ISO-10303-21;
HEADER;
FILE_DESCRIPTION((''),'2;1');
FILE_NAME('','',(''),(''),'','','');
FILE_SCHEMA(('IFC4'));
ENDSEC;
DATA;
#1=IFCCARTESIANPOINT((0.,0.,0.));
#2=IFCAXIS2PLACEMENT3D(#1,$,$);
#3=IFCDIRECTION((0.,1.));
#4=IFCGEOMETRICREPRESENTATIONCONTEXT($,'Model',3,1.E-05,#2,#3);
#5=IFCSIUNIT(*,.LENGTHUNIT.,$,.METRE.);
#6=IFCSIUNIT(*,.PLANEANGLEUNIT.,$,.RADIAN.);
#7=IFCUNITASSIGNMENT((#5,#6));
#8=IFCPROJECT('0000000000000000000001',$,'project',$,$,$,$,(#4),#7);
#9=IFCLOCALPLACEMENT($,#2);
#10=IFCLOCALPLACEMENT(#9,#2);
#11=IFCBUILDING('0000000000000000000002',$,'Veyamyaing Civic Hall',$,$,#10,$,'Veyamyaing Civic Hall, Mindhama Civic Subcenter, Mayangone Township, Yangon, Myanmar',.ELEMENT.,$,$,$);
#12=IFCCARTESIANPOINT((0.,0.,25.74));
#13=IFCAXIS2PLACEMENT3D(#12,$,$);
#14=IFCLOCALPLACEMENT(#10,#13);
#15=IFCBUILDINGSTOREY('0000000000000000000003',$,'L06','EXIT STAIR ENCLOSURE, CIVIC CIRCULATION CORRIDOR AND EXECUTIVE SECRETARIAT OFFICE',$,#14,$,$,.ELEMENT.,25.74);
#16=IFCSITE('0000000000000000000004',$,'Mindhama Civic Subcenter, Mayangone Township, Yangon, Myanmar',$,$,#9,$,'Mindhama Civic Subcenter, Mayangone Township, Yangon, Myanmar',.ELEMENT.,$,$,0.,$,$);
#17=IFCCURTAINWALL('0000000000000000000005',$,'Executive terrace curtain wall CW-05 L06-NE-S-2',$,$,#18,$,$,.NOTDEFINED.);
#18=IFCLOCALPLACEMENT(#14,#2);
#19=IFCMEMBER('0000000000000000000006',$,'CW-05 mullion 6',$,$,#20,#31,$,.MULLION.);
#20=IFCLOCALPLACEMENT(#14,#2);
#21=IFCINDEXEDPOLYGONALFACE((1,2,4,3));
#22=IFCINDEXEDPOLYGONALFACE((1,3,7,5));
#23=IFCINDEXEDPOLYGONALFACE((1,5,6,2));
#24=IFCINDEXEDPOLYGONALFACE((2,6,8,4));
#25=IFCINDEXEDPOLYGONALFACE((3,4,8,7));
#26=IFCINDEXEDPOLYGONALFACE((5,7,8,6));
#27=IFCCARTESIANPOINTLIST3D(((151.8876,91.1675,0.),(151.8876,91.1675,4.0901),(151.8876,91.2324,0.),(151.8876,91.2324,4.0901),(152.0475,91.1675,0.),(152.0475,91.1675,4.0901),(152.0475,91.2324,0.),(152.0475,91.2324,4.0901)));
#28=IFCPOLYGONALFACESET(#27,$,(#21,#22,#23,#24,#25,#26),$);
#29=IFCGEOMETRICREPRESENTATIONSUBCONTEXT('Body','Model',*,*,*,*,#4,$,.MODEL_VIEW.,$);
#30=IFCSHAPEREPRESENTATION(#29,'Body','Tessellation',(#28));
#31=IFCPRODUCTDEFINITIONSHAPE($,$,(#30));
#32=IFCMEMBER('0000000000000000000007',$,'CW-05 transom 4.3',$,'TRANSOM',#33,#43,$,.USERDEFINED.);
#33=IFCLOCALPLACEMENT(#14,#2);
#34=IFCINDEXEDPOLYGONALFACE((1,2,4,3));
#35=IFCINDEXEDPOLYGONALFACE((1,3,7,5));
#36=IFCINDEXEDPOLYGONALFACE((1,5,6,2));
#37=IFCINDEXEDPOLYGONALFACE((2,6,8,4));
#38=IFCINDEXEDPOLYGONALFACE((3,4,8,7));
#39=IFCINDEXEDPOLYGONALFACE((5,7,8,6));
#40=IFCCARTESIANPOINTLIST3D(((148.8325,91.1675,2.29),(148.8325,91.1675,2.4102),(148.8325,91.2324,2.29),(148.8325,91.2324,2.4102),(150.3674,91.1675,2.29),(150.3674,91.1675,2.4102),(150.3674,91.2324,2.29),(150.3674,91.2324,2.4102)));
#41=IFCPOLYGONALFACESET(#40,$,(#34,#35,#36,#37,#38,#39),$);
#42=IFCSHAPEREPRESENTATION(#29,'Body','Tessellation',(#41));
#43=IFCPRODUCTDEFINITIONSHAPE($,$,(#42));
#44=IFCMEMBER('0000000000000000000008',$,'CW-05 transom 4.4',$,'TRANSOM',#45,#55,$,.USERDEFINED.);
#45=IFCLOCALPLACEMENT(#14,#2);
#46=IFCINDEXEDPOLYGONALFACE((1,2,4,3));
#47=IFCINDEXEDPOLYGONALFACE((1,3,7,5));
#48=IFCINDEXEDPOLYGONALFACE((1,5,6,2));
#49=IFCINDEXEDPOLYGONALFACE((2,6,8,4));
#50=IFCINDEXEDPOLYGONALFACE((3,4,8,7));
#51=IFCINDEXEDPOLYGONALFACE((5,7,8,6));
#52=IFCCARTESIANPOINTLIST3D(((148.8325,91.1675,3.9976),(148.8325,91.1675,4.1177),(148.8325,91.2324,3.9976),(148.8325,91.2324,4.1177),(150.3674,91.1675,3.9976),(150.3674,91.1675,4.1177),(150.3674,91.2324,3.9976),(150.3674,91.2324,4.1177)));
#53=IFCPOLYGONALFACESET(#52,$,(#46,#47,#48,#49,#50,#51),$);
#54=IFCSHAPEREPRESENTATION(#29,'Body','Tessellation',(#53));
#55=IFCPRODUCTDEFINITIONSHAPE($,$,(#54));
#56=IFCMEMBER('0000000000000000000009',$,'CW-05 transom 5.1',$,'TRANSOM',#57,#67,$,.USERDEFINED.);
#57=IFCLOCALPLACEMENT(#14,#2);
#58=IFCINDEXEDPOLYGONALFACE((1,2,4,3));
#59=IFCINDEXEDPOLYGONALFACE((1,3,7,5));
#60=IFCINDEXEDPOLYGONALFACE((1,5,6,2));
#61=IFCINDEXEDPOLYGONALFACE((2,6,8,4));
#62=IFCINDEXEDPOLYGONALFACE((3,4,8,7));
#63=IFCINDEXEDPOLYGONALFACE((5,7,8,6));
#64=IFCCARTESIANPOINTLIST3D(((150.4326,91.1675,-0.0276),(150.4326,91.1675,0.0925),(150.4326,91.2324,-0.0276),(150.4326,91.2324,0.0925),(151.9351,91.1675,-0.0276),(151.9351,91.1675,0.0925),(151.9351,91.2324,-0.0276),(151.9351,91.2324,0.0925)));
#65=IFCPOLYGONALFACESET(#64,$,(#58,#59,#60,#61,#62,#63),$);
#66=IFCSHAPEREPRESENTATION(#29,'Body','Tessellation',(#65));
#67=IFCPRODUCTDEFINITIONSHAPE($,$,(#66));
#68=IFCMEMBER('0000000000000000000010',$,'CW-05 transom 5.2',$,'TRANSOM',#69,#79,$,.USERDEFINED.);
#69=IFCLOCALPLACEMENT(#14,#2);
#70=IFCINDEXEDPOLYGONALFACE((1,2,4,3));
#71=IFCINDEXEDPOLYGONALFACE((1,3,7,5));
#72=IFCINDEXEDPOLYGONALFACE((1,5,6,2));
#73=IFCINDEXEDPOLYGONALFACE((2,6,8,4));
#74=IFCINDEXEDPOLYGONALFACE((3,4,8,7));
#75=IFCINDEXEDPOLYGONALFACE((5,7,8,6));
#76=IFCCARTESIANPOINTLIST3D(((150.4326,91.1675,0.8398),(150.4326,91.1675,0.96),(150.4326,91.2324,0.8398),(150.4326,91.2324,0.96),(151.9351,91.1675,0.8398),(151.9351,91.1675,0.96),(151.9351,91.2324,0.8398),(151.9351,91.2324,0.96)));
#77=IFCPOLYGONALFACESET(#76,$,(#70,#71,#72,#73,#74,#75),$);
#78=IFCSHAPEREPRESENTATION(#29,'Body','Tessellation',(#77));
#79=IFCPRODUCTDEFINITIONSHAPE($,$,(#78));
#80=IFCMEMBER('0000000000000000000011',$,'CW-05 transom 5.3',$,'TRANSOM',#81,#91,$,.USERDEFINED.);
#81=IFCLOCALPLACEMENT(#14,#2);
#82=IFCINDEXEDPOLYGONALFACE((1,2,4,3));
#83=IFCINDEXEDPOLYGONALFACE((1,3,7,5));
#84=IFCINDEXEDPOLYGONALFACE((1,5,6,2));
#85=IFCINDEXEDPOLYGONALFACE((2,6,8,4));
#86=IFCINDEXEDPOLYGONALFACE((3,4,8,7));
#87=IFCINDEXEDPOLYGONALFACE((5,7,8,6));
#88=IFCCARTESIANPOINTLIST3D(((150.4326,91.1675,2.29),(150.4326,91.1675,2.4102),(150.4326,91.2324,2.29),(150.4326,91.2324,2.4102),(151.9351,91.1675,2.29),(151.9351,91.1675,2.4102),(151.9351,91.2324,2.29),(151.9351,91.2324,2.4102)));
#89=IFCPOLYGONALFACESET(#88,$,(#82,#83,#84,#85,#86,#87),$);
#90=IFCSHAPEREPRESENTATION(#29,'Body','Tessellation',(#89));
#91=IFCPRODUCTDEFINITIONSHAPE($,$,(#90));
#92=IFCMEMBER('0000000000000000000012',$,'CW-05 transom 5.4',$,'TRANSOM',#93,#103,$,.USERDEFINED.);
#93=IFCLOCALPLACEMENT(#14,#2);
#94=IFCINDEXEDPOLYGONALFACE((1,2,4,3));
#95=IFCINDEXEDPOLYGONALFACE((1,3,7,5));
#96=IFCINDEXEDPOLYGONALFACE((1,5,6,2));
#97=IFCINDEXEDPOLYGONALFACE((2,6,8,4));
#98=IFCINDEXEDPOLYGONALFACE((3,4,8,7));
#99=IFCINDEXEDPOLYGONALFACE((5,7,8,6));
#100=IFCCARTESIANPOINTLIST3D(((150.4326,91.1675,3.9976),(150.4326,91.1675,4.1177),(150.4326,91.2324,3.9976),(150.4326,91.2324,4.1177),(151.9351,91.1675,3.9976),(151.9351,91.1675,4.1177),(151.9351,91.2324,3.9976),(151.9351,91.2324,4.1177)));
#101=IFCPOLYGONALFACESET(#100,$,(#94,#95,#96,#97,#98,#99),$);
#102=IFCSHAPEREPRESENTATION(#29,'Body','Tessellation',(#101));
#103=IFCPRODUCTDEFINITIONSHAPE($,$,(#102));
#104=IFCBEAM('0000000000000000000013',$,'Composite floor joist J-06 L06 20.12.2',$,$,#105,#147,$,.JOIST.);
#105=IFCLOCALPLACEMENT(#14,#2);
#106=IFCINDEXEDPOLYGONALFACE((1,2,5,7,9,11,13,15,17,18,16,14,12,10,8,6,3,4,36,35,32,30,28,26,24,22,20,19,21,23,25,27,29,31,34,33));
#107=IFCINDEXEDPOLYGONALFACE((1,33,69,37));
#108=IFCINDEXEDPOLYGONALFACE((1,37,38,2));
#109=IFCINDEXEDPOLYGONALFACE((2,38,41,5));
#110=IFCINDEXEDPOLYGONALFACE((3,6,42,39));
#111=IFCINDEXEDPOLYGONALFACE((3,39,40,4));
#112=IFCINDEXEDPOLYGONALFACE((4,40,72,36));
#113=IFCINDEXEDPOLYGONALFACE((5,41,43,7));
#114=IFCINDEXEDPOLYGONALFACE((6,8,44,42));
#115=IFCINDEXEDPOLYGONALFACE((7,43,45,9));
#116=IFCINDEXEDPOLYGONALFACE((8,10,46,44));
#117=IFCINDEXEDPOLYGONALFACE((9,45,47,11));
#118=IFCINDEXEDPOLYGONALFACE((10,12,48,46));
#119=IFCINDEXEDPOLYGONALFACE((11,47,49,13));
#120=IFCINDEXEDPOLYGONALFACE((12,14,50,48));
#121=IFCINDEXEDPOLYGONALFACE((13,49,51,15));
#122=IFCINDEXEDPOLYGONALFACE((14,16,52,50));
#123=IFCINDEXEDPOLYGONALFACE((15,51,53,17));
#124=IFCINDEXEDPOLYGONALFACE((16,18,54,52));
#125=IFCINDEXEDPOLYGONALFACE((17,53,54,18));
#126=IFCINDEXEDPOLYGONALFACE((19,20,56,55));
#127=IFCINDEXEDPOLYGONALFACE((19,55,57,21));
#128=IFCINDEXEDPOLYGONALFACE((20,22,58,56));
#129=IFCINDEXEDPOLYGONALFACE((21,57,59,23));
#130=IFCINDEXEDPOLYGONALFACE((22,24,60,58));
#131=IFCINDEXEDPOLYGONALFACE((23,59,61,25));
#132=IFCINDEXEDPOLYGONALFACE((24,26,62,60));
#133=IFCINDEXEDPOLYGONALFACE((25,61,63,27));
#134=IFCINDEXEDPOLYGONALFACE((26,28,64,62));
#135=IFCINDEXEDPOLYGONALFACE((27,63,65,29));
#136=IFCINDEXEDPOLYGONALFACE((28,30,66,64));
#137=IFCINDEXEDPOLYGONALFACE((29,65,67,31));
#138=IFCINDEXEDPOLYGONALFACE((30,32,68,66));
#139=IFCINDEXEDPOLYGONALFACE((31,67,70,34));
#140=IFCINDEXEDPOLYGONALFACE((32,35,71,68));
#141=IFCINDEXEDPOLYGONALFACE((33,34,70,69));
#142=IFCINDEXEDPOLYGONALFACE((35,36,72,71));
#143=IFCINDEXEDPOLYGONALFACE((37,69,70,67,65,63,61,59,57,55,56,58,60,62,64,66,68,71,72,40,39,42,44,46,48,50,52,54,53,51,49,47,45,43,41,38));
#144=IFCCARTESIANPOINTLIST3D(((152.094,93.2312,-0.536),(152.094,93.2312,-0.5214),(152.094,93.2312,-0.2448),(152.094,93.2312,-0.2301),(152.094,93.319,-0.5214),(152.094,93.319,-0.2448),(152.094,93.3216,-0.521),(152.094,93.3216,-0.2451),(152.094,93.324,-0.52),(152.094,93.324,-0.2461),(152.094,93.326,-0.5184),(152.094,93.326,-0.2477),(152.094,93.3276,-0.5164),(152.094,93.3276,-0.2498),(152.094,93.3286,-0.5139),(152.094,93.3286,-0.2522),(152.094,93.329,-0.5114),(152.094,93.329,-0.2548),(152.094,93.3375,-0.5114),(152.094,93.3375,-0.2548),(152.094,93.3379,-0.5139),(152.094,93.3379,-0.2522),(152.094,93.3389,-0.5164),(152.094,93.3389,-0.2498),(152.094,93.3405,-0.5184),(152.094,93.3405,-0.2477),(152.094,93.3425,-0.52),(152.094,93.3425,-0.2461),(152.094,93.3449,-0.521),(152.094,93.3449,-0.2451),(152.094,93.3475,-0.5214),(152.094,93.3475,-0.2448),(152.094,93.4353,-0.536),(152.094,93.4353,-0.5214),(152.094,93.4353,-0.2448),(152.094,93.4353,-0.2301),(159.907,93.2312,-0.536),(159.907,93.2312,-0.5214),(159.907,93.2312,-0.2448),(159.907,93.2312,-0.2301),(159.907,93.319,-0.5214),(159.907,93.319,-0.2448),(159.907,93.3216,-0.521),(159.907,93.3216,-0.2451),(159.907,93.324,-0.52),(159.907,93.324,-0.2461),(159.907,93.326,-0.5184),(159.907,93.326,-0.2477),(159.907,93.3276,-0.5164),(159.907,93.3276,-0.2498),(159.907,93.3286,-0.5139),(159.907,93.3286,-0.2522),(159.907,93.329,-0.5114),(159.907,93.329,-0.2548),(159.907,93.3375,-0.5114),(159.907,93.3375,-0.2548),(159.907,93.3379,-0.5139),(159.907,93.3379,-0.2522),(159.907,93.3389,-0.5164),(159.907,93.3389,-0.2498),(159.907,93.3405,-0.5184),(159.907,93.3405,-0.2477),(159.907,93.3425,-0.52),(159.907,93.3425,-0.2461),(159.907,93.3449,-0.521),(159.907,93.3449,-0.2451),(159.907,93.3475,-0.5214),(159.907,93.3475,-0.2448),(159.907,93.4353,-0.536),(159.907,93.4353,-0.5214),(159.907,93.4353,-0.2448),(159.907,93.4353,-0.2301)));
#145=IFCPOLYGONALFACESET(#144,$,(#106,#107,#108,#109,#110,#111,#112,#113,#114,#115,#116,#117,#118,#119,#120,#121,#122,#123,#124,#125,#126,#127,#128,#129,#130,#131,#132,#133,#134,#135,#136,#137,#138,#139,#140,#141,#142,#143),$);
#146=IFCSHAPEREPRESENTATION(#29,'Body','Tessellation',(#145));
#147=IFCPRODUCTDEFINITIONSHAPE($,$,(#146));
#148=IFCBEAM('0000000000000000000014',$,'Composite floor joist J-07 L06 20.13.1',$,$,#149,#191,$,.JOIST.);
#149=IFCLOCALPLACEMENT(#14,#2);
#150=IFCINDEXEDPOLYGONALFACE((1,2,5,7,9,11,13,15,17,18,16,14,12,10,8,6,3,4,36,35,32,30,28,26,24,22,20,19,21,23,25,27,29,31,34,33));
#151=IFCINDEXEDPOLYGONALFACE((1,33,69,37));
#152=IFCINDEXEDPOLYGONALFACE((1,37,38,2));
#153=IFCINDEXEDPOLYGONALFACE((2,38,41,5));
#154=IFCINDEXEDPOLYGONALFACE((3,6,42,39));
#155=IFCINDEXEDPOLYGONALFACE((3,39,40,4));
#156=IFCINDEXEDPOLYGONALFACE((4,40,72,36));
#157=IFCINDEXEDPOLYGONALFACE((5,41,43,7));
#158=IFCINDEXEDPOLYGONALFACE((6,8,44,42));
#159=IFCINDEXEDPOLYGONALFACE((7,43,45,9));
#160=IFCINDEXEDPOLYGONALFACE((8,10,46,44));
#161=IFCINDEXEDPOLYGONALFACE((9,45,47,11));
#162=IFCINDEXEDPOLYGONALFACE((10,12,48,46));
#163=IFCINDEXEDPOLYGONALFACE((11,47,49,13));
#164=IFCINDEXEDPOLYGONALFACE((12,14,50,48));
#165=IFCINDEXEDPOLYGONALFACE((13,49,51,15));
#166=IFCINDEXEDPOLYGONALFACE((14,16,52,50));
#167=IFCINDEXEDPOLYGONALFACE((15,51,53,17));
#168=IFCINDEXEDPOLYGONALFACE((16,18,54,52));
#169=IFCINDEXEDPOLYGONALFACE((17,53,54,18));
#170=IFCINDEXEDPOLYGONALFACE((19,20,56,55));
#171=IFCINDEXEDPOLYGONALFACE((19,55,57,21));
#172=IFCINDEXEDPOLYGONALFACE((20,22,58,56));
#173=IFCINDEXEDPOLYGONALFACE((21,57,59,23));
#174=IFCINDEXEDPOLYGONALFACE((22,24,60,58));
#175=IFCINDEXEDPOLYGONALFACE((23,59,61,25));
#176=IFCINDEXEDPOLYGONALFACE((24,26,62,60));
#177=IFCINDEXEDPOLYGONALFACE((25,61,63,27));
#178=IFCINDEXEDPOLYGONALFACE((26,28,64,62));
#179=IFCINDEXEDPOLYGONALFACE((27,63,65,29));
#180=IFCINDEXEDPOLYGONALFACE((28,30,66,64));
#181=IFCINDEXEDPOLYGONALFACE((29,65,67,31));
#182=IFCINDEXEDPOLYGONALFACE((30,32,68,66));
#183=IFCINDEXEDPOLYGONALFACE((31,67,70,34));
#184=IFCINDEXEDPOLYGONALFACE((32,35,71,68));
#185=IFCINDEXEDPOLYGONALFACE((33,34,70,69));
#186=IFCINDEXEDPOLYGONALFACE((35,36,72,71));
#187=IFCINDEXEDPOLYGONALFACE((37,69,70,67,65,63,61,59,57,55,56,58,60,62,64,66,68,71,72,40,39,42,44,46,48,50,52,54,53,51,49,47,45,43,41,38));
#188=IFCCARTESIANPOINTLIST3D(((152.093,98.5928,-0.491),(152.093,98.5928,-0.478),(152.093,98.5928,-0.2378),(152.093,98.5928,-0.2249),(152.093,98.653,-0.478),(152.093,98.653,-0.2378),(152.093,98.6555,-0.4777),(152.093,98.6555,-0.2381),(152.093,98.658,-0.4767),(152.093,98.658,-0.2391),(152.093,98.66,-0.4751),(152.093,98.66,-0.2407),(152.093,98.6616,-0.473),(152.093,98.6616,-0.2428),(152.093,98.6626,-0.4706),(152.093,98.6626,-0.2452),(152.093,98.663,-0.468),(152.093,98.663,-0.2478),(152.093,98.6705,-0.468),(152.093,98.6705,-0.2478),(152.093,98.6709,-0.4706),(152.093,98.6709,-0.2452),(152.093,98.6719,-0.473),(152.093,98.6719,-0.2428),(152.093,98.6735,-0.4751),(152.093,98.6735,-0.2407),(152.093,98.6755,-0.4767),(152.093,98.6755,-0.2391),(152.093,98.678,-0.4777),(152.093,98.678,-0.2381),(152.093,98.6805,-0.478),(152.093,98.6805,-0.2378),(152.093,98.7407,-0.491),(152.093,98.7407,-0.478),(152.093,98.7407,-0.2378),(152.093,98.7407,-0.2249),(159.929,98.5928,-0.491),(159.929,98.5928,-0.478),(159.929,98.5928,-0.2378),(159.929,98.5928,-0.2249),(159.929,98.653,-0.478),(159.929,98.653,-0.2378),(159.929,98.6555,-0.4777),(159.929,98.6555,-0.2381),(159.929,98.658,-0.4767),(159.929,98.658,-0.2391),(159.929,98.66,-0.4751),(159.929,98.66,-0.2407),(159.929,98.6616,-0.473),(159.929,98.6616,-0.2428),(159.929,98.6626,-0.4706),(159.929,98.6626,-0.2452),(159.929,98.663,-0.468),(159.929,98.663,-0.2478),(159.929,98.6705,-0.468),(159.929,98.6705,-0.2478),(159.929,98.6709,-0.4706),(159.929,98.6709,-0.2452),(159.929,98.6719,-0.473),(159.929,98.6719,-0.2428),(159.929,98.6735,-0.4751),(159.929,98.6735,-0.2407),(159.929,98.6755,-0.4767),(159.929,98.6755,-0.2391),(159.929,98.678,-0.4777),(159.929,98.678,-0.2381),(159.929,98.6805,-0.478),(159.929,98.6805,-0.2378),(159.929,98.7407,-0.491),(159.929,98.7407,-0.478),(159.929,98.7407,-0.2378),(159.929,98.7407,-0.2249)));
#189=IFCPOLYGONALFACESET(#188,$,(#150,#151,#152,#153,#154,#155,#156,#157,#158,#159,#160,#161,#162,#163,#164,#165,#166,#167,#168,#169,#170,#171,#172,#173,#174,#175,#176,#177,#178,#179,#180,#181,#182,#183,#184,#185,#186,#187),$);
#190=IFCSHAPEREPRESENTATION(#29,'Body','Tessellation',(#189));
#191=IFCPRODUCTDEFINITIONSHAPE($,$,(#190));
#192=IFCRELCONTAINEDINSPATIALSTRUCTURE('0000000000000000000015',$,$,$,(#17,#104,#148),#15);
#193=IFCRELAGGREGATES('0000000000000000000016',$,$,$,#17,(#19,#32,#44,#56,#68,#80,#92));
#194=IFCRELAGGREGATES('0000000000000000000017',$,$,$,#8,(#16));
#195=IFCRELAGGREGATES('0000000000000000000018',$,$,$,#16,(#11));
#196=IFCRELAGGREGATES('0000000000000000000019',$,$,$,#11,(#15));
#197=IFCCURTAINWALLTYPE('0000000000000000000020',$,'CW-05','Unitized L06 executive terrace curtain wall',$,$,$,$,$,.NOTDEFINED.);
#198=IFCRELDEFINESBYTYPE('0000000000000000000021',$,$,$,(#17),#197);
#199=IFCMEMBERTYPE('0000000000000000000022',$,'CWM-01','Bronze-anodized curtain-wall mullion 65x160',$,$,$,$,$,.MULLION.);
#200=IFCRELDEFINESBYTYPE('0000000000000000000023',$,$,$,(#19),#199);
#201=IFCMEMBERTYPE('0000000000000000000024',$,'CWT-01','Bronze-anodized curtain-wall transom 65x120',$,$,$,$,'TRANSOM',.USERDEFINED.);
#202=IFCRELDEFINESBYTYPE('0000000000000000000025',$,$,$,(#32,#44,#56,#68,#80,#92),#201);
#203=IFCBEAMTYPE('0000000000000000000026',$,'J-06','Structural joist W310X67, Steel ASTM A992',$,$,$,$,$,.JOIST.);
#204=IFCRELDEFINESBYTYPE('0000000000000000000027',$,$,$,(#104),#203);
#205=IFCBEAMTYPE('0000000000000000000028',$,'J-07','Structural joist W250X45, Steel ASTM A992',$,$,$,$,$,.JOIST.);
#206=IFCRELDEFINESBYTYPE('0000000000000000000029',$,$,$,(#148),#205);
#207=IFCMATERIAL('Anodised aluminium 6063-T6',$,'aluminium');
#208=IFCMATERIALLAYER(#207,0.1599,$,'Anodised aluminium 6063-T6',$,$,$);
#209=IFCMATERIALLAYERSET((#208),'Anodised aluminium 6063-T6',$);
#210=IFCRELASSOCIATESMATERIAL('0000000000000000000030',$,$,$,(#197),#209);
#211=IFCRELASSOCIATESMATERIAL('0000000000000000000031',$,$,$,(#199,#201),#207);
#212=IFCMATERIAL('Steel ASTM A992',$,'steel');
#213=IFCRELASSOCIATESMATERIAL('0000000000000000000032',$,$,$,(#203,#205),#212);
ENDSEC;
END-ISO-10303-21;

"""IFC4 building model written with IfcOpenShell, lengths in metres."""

from ifc_helpers import new_model, si_unit, direction, frame, origin, origin_2d, place, context, subcontext, project, spatial, rectangle, i_section, extrude, material, layer, layer_set, material_profile, profile_set, type_object, element, aggregate, save


model = new_model("IFC4")

# Units and contexts
model_context = context("Model", 3, precision=1e-05, world=origin(), true_north=direction((0.0, 1.0)))
body_context = subcontext(model_context, "Body", "Model", "MODEL_VIEW")
ifc_project = project(units=[si_unit("LENGTHUNIT", "METRE"), si_unit("PLANEANGLEUNIT", "RADIAN")], contexts=[model_context])

# Site, building, storey
site_placement = place(None, origin())
site = spatial("IfcSite", under=ifc_project, at=site_placement, Name="Mindhama Civic Subcenter, Mayangone Township, Yangon, Myanmar", LongName="Mindhama Civic Subcenter, Mayangone Township, Yangon, Myanmar", CompositionType="ELEMENT", RefElevation=0.0)
building_placement = place(site_placement, origin())
building = spatial("IfcBuilding", under=site, at=building_placement, Name="Veyamyaing Civic Hall", LongName="Veyamyaing Civic Hall, Mindhama Civic Subcenter, Mayangone Township, Yangon, Myanmar", CompositionType="ELEMENT")
storey_placement = place(building_placement, frame((0.0, 0.0, 25.74)))
storey = spatial("IfcBuildingStorey", under=building, at=storey_placement, Name="L06", Description="EXIT STAIR ENCLOSURE, CIVIC CIRCULATION CORRIDOR AND EXECUTIVE SECRETARIAT OFFICE", CompositionType="ELEMENT", Elevation=25.74)

# Shared definitions
ifc_material_1 = material(Name="Steel ASTM A992", Category="steel")

# Curtain wall, members
ifc_material_2 = material(Name="Anodised aluminium 6063-T6", Category="aluminium")
ifc_layer_1 = layer(ifc_material_2, 0.1599, Name="Anodised aluminium 6063-T6")
ifc_layer_set_1 = layer_set([ifc_layer_1], Name="Anodised aluminium 6063-T6")
curtain_wall_type = type_object("IfcCurtainWallType", Name="CW-05", Description="Unitized L06 executive terrace curtain wall", PredefinedType="NOTDEFINED", material=ifc_layer_set_1)
curtain_wall_placement = place(storey_placement, origin())
curtain_wall = element("IfcCurtainWall", 1, at=curtain_wall_placement, inside=storey, type_object=curtain_wall_type, Name="Executive terrace curtain wall CW-05 L06-NE-S-2", PredefinedType="NOTDEFINED")
ifc_material_profile_1 = material_profile(ifc_material_2, rectangle(XDim=0.0649, YDim=0.1599, at=origin_2d()), Name="ALU-MUL-65X160")
ifc_profile_set_1 = profile_set([ifc_material_profile_1], Name="Anodised aluminium 6063-T6")
member_type_1 = type_object("IfcMemberType", Name="CWM-01", Description="Bronze-anodized curtain-wall mullion 65x160", PredefinedType="MULLION", material=ifc_profile_set_1)
member_1_placement = place(storey_placement, frame((151.9675, 91.2, 0.0), z_axis=(0.0, 0.0, 1.0), x_axis=(0.0, 1.0, 0.0)))
member_1 = element("IfcMember", 2, at=member_1_placement, type_object=member_type_1, Name="CW-05 mullion 6", PredefinedType="MULLION", context=body_context, shape_type="SweptSolid", body=[
    extrude(rectangle(XDim=0.0649, YDim=0.1599, at=origin_2d()), origin(), (0.0, 0.0, 1.0), 4.0901),
])
ifc_material_profile_2 = material_profile(ifc_material_2, rectangle(XDim=0.0649, YDim=0.1201, at=origin_2d()), Name="ALU-TRN-65X120")
ifc_profile_set_2 = profile_set([ifc_material_profile_2], Name="Anodised aluminium 6063-T6")
member_type_2 = type_object("IfcMemberType", Name="CWT-01", Description="Bronze-anodized curtain-wall transom 65x120", ElementType="TRANSOM", PredefinedType="USERDEFINED", material=ifc_profile_set_2)
member_2_placement = place(storey_placement, frame((148.8325, 91.2, 2.3501), z_axis=(1.0, 0.0, 0.0), x_axis=(0.0, 1.0, 0.0)))
member_2 = element("IfcMember", 3, at=member_2_placement, type_object=member_type_2, Name="CW-05 transom 4.3", ObjectType="TRANSOM", PredefinedType="USERDEFINED", context=body_context, shape_type="SweptSolid", body=[
    extrude(rectangle(XDim=0.0649, YDim=0.1201, at=origin_2d()), origin(), (0.0, 0.0, 1.0), 1.5349),
])
member_3_placement = place(storey_placement, frame((148.8325, 91.2, 4.0576), z_axis=(1.0, 0.0, 0.0), x_axis=(0.0, 1.0, 0.0)))
member_3 = element("IfcMember", 4, at=member_3_placement, type_object=member_type_2, Name="CW-05 transom 4.4", ObjectType="TRANSOM", PredefinedType="USERDEFINED", context=body_context, shape_type="SweptSolid", body=[
    extrude(rectangle(XDim=0.0649, YDim=0.1201, at=origin_2d()), origin(), (0.0, 0.0, 1.0), 1.5349),
])
member_4_placement = place(storey_placement, frame((150.4326, 91.2, 0.0325), z_axis=(1.0, 0.0, 0.0), x_axis=(0.0, 1.0, 0.0)))
member_4 = element("IfcMember", 5, at=member_4_placement, type_object=member_type_2, Name="CW-05 transom 5.1", ObjectType="TRANSOM", PredefinedType="USERDEFINED", context=body_context, shape_type="SweptSolid", body=[
    extrude(rectangle(XDim=0.0649, YDim=0.1201, at=origin_2d()), origin(), (0.0, 0.0, 1.0), 1.5024),
])
member_5_placement = place(storey_placement, frame((150.4326, 91.2, 0.8999), z_axis=(1.0, 0.0, 0.0), x_axis=(0.0, 1.0, 0.0)))
member_5 = element("IfcMember", 6, at=member_5_placement, type_object=member_type_2, Name="CW-05 transom 5.2", ObjectType="TRANSOM", PredefinedType="USERDEFINED", context=body_context, shape_type="SweptSolid", body=[
    extrude(rectangle(XDim=0.0649, YDim=0.1201, at=origin_2d()), origin(), (0.0, 0.0, 1.0), 1.5024),
])
member_6_placement = place(storey_placement, frame((150.4326, 91.2, 2.3501), z_axis=(1.0, 0.0, 0.0), x_axis=(0.0, 1.0, 0.0)))
member_6 = element("IfcMember", 7, at=member_6_placement, type_object=member_type_2, Name="CW-05 transom 5.3", ObjectType="TRANSOM", PredefinedType="USERDEFINED", context=body_context, shape_type="SweptSolid", body=[
    extrude(rectangle(XDim=0.0649, YDim=0.1201, at=origin_2d()), origin(), (0.0, 0.0, 1.0), 1.5024),
])
member_7_placement = place(storey_placement, frame((150.4326, 91.2, 4.0576), z_axis=(1.0, 0.0, 0.0), x_axis=(0.0, 1.0, 0.0)))
member_7 = element("IfcMember", 8, at=member_7_placement, type_object=member_type_2, Name="CW-05 transom 5.4", ObjectType="TRANSOM", PredefinedType="USERDEFINED", context=body_context, shape_type="SweptSolid", body=[
    extrude(rectangle(XDim=0.0649, YDim=0.1201, at=origin_2d()), origin(), (0.0, 0.0, 1.0), 1.5024),
])

# Beams
ifc_material_profile_3 = material_profile(ifc_material_1, i_section(OverallWidth=0.2041, OverallDepth=0.3059, WebThickness=0.0085, FlangeThickness=0.0146, FilletRadius=0.01, at=origin_2d()), Name="W310X67")
ifc_profile_set_3 = profile_set([ifc_material_profile_3], Name="Steel ASTM A992")
beam_type_1 = type_object("IfcBeamType", Name="J-06", Description="Structural joist W310X67, Steel ASTM A992", PredefinedType="JOIST", material=ifc_profile_set_3)
beam_1_placement = place(storey_placement, frame((152.094, 93.3333, -0.3831), z_axis=(1.0, 0.0, 0.0), x_axis=(0.0, 1.0, 0.0)))
element("IfcBeam", 9, at=beam_1_placement, inside=storey, type_object=beam_type_1, Name="Composite floor joist J-06 L06 20.12.2", PredefinedType="JOIST", context=body_context, shape_type="SweptSolid", body=[
    extrude(i_section(OverallWidth=0.2041, OverallDepth=0.3059, WebThickness=0.0085, FlangeThickness=0.0146, FilletRadius=0.01, at=origin_2d()), origin(), (0.0, 0.0, 1.0), 7.813),
])
ifc_material_profile_4 = material_profile(ifc_material_1, i_section(OverallWidth=0.1479, OverallDepth=0.2661, WebThickness=0.0076, FlangeThickness=0.0129, FilletRadius=0.01, at=origin_2d()), Name="W250X45")
ifc_profile_set_4 = profile_set([ifc_material_profile_4], Name="Steel ASTM A992")
beam_type_2 = type_object("IfcBeamType", Name="J-07", Description="Structural joist W250X45, Steel ASTM A992", PredefinedType="JOIST", material=ifc_profile_set_4)
for number, where, z_axis, x_axis, name in (
    (10, (152.093, 98.6667, -0.3579), (1.0, 0.0, 0.0), (0.0, 1.0, 0.0), "Composite floor joist J-07 L06 20.13.1"),
):
    element("IfcBeam", number, at=place(storey_placement, frame(where, z_axis=z_axis, x_axis=x_axis)), inside=storey, type_object=beam_type_2, Name=name, PredefinedType="JOIST", context=body_context, shape_type="SweptSolid", body=[
        extrude(i_section(OverallWidth=0.1479, OverallDepth=0.2661, WebThickness=0.0076, FlangeThickness=0.0129, FilletRadius=0.01, at=origin_2d()), origin(), (0.0, 0.0, 1.0), 7.8359),
    ])

aggregate(curtain_wall, [member_1, member_2, member_3, member_4, member_5, member_6, member_7])

save(model, "model.ifc")
